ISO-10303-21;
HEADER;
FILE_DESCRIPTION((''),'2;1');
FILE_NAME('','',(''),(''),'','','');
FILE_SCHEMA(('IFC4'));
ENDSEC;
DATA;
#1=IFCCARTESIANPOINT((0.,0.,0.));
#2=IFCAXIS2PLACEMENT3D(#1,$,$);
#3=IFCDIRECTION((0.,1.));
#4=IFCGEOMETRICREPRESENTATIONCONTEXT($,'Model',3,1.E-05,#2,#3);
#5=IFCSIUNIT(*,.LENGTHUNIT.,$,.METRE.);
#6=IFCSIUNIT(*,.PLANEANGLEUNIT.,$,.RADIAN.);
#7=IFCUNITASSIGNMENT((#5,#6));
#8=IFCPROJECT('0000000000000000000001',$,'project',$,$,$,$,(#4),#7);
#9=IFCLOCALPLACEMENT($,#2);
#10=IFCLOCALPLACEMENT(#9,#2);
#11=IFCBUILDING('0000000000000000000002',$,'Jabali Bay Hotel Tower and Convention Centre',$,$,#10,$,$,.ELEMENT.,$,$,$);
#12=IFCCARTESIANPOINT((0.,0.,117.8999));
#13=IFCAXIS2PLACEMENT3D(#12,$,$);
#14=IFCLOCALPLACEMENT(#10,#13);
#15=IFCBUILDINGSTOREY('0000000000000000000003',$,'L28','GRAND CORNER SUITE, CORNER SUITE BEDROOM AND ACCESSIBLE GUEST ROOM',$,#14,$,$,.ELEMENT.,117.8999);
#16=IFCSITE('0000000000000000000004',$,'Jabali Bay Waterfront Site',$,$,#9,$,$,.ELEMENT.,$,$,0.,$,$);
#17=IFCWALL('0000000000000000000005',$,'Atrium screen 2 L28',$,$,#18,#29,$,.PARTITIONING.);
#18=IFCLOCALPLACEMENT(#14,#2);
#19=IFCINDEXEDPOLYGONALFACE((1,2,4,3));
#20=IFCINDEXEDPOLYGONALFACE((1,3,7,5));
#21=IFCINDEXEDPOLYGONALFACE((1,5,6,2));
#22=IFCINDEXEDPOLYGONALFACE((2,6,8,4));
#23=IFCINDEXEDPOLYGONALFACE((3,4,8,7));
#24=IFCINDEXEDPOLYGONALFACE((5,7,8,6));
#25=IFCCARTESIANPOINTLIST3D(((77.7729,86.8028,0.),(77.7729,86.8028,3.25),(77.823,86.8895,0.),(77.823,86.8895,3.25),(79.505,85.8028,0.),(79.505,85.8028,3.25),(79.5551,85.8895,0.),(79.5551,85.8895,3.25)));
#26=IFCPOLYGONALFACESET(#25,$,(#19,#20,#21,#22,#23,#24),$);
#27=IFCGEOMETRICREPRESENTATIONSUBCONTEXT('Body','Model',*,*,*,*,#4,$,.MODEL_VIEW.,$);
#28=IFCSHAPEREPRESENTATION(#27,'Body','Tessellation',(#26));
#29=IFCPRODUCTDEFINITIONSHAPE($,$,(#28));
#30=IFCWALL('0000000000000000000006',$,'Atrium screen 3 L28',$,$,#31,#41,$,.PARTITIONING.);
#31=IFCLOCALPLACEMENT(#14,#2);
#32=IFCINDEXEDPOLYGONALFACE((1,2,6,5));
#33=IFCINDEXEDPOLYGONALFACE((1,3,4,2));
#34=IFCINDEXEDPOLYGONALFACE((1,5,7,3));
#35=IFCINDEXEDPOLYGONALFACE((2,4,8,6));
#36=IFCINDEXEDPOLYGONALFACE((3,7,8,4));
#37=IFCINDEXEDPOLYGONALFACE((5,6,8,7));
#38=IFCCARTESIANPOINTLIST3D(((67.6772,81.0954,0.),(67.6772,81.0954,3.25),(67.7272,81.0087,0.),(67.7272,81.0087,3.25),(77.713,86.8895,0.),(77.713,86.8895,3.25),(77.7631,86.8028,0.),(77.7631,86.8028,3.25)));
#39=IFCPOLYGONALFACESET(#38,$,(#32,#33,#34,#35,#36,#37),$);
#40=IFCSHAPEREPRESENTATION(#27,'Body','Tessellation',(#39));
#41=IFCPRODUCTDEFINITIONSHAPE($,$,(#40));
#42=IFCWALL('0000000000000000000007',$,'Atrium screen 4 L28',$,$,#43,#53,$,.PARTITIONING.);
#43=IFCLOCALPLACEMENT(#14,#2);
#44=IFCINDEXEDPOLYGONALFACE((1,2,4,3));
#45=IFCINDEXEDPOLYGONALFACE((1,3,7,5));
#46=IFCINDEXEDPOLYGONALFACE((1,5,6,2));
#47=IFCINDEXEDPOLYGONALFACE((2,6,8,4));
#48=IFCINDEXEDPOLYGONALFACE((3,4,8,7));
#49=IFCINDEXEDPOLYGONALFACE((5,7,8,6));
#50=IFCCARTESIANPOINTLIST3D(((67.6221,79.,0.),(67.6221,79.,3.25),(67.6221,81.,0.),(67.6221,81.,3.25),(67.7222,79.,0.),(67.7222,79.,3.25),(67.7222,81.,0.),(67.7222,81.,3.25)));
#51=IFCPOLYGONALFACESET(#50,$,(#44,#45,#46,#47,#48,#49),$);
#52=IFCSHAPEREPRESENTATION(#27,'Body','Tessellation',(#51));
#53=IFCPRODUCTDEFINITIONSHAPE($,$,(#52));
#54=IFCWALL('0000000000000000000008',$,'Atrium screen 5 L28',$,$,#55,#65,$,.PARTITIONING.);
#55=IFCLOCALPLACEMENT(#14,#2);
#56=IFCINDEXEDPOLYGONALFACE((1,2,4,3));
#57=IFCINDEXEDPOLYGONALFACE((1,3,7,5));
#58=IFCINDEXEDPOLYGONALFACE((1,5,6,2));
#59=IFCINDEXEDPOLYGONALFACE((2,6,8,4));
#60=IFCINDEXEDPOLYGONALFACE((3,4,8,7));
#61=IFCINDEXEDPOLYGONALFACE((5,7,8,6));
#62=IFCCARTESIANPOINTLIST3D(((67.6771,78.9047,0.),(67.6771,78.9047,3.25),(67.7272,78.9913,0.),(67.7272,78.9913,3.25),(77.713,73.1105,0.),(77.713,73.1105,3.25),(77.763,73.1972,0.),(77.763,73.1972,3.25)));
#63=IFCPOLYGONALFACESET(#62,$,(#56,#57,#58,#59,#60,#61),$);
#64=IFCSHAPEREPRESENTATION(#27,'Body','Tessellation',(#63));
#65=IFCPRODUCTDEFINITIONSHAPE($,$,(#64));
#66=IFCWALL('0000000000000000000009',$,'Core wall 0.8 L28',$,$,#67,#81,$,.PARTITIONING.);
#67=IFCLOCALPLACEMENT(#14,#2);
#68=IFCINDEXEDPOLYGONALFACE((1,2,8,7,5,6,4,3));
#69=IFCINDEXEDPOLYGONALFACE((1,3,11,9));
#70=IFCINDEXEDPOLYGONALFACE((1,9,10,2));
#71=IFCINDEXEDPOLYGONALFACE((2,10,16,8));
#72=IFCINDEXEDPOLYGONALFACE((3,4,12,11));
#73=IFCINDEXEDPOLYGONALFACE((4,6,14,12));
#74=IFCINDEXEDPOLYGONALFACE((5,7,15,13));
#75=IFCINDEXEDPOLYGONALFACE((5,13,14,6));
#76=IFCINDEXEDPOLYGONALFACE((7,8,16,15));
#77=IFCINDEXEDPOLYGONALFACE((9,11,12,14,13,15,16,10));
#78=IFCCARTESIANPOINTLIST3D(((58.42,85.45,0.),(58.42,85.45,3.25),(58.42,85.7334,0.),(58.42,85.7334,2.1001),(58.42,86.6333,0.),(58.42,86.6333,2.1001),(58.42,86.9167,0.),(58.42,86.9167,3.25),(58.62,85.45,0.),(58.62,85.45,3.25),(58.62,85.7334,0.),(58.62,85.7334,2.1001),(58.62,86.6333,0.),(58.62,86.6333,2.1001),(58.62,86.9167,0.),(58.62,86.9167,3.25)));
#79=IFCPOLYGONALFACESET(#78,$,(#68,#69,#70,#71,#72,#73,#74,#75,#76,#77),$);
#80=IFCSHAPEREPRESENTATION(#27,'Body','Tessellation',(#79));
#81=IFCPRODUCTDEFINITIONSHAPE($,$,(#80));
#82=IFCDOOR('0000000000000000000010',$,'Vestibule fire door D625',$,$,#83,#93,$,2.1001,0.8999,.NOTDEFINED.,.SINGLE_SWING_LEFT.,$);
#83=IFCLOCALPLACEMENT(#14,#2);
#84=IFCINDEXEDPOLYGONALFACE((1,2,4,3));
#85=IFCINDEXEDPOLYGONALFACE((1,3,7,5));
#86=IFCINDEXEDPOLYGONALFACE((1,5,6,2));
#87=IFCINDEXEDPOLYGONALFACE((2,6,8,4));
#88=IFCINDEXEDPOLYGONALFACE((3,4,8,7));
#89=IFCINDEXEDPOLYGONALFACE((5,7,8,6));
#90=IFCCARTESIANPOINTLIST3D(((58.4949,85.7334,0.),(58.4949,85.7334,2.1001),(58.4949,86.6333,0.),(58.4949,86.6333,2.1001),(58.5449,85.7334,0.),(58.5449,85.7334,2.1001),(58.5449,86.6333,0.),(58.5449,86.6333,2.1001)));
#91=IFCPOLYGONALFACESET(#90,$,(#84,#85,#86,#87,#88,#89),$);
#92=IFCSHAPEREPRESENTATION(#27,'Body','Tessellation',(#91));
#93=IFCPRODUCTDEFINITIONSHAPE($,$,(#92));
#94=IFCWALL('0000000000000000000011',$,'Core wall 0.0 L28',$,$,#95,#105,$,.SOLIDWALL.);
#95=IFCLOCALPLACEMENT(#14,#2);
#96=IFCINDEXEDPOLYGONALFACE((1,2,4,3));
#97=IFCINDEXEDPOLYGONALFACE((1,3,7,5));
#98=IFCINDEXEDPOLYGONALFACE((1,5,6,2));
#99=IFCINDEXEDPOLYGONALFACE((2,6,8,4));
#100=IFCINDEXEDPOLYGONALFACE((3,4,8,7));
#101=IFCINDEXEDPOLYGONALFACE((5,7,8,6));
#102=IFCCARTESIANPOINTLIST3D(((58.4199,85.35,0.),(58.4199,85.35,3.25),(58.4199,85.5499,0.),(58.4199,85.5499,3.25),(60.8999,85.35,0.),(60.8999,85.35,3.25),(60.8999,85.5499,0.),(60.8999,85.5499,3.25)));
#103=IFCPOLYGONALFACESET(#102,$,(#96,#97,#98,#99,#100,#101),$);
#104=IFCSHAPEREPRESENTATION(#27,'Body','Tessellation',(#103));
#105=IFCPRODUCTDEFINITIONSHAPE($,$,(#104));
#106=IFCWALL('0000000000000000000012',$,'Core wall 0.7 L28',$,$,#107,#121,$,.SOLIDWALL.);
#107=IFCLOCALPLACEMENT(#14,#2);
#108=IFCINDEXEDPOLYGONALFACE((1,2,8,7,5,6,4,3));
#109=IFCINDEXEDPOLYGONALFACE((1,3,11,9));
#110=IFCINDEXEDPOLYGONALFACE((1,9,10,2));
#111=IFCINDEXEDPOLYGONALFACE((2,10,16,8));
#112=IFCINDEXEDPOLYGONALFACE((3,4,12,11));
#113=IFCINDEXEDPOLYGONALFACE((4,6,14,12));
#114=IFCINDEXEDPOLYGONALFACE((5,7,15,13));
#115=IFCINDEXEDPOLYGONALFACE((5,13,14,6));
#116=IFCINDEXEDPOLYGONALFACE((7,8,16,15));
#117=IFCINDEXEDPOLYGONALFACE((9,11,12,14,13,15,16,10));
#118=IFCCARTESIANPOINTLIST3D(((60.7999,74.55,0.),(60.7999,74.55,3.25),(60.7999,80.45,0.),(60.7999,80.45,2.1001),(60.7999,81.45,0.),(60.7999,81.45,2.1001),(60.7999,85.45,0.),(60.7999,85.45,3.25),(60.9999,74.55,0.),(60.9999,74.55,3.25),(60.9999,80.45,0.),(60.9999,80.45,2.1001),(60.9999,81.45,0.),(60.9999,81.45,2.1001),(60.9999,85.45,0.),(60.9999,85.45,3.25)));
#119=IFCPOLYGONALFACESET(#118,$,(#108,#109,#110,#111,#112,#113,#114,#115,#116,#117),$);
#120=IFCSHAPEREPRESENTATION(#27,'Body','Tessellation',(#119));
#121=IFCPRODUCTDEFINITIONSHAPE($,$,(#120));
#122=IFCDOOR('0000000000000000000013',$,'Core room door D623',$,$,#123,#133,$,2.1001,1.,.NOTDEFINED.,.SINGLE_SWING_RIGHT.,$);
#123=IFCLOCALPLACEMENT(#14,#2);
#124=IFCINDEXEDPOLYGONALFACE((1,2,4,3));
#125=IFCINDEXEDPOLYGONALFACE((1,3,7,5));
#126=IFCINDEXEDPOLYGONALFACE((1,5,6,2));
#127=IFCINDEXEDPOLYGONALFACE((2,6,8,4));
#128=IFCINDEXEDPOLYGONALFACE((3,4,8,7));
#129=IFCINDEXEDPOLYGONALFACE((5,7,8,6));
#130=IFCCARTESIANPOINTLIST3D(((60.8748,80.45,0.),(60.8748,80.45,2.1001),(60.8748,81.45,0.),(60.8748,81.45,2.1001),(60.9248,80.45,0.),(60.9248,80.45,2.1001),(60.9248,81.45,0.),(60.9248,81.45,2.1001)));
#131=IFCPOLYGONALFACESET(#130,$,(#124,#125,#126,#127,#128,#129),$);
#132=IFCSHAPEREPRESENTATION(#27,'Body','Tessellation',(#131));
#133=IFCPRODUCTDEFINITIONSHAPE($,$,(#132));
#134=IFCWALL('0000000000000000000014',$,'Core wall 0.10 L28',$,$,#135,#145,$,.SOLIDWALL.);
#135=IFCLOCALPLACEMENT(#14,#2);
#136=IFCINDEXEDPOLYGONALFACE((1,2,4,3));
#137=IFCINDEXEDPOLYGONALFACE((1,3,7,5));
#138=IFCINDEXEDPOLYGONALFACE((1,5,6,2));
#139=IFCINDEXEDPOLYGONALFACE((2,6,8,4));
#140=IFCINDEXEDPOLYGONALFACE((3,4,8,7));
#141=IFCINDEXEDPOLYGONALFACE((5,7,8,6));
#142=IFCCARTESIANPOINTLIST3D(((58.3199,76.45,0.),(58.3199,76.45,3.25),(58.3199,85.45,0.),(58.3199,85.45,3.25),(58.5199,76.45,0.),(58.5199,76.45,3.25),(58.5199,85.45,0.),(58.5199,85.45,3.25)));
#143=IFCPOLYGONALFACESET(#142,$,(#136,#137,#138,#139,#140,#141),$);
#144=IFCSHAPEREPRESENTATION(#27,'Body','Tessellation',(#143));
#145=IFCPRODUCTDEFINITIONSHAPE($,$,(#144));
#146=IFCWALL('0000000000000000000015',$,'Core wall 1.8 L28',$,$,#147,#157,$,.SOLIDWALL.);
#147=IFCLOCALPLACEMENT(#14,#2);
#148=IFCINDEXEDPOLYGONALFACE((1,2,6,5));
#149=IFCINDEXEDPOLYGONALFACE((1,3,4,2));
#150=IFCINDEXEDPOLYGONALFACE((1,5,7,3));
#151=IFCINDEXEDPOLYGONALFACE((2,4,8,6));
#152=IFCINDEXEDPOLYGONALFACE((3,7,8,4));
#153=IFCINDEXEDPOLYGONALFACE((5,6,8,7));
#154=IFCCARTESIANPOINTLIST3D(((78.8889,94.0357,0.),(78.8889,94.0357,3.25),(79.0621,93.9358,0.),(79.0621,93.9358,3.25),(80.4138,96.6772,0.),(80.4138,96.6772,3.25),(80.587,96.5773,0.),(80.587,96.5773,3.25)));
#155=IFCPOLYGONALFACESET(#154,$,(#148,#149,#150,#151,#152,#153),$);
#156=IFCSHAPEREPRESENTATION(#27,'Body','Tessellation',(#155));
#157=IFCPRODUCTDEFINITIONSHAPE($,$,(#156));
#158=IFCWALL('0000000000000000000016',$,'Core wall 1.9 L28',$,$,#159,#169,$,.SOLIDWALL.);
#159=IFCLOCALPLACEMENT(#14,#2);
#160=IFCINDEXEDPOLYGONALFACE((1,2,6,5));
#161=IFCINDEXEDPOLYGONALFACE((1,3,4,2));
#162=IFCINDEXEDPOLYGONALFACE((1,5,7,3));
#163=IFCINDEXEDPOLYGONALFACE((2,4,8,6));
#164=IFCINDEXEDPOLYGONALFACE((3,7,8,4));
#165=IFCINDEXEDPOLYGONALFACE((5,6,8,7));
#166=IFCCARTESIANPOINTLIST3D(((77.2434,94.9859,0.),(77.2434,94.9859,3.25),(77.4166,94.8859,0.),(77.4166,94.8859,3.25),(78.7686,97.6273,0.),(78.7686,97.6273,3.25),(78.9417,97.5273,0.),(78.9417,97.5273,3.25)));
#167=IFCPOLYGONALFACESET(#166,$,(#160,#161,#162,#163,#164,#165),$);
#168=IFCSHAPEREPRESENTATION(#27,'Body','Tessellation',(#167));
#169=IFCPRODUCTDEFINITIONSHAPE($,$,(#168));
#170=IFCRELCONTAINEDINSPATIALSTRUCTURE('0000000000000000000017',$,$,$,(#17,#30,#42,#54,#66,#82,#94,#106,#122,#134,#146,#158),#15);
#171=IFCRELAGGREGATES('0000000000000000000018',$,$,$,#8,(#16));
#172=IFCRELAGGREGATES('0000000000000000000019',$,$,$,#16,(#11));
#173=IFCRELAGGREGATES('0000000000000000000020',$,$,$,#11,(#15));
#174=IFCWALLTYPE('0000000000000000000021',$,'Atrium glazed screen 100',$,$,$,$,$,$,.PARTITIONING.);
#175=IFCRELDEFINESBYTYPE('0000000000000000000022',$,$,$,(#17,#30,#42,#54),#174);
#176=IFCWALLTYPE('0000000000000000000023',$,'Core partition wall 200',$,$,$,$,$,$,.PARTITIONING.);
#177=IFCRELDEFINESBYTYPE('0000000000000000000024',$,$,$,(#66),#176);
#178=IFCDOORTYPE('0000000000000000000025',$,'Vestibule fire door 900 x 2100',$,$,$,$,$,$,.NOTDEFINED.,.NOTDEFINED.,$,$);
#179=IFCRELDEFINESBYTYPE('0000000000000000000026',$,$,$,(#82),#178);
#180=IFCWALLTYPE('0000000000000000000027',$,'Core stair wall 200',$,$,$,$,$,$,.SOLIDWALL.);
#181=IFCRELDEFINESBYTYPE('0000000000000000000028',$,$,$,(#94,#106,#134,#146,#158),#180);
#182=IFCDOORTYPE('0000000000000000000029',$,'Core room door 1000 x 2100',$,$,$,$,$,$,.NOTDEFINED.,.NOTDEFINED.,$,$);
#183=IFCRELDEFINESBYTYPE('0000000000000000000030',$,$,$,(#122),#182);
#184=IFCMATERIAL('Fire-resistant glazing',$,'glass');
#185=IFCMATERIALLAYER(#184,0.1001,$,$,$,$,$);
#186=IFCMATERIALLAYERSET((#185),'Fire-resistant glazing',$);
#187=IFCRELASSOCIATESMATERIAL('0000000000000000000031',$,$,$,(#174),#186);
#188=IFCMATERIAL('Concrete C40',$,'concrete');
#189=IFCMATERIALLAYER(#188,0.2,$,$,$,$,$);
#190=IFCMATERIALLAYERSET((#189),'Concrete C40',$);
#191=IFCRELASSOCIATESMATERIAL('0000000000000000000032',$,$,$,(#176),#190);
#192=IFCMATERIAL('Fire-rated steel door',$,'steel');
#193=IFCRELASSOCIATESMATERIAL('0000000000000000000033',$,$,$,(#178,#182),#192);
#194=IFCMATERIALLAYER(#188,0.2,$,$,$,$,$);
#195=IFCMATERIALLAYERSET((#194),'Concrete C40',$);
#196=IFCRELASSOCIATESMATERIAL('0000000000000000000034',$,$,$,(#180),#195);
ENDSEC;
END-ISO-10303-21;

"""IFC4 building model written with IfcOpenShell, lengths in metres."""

from ifc_helpers import new_model, si_unit, direction, frame, frame_2d, origin, place, context, subcontext, project, spatial, rectangle, extrude, material, layer, layer_set, type_object, element, fill, save


model = new_model("IFC4")

# Units and contexts
model_context = context("Model", 3, precision=1e-05, world=origin(), true_north=direction((0.0, 1.0)))
body_context = subcontext(model_context, "Body", "Model", "MODEL_VIEW")
ifc_project = project(units=[si_unit("LENGTHUNIT", "METRE"), si_unit("PLANEANGLEUNIT", "RADIAN")], contexts=[model_context])

# Site, building, storey
site_placement = place(None, origin())
site = spatial("IfcSite", under=ifc_project, at=site_placement, Name="Jabali Bay Waterfront Site", CompositionType="ELEMENT", RefElevation=0.0)
building_placement = place(site_placement, origin())
building = spatial("IfcBuilding", under=site, at=building_placement, Name="Jabali Bay Hotel Tower and Convention Centre", CompositionType="ELEMENT")
storey_placement = place(building_placement, frame((0.0, 0.0, 117.8999)))
storey = spatial("IfcBuildingStorey", under=building, at=storey_placement, Name="L28", Description="GRAND CORNER SUITE, CORNER SUITE BEDROOM AND ACCESSIBLE GUEST ROOM", CompositionType="ELEMENT", Elevation=117.8999)

# Walls
ifc_material_1 = material(Name="Fire-resistant glazing", Category="glass")
ifc_layer_1 = layer(ifc_material_1, 0.1001)
ifc_layer_set_1 = layer_set([ifc_layer_1], Name="Fire-resistant glazing")
wall_type_1 = type_object("IfcWallType", Name="Atrium glazed screen 100", PredefinedType="PARTITIONING", material=ifc_layer_set_1)
wall_1_placement = place(storey_placement, frame((79.53, 85.8462, 0.0), z_axis=(0.0, 0.0, 1.0), x_axis=(-0.866041, 0.499973, 0.0)))
element("IfcWall", 1, at=wall_1_placement, inside=storey, type_object=wall_type_1, Name="Atrium screen 2 L28", PredefinedType="PARTITIONING", context=body_context, shape_type="SweptSolid", body=[
    extrude(rectangle(XDim=2.0, YDim=0.1001, at=frame_2d((1.0, 0.0))), origin(), (0.0, 0.0, 1.0), 3.25),
])
wall_2_placement = place(storey_placement, frame((77.738, 86.8462, 0.0), z_axis=(0.0, 0.0, 1.0), x_axis=(-0.866027, -0.499998, 0.0)))
element("IfcWall", 2, at=wall_2_placement, inside=storey, type_object=wall_type_1, Name="Atrium screen 3 L28", PredefinedType="PARTITIONING", context=body_context, shape_type="SweptSolid", body=[
    extrude(rectangle(XDim=11.5884, YDim=0.1001, at=frame_2d((5.7942, 0.0))), origin(), (0.0, 0.0, 1.0), 3.25),
])
wall_3_placement = place(storey_placement, frame((67.6721, 81.0, 0.0), z_axis=(0.0, 0.0, 1.0), x_axis=(0.0, -1.0, 0.0)))
element("IfcWall", 3, at=wall_3_placement, inside=storey, type_object=wall_type_1, Name="Atrium screen 4 L28", PredefinedType="PARTITIONING", context=body_context, shape_type="SweptSolid", body=[
    extrude(rectangle(XDim=2.0, YDim=0.1001, at=frame_2d((1.0, 0.0))), origin(), (0.0, 0.0, 1.0), 3.25),
])
wall_4_placement = place(storey_placement, frame((67.7021, 78.948, 0.0), z_axis=(0.0, 0.0, 1.0), x_axis=(0.866027, -0.499998, 0.0)))
element("IfcWall", 4, at=wall_4_placement, inside=storey, type_object=wall_type_1, Name="Atrium screen 5 L28", PredefinedType="PARTITIONING", context=body_context, shape_type="SweptSolid", body=[
    extrude(rectangle(XDim=11.5884, YDim=0.1001, at=frame_2d((5.7942, 0.0))), origin(), (0.0, 0.0, 1.0), 3.25),
])

# Wall, opening, door
ifc_material_2 = material(Name="Concrete C40", Category="concrete")
ifc_layer_2 = layer(ifc_material_2, 0.2)
ifc_layer_set_2 = layer_set([ifc_layer_2], Name="Concrete C40")
wall_type_2 = type_object("IfcWallType", Name="Core partition wall 200", PredefinedType="PARTITIONING", material=ifc_layer_set_2)
wall_5_placement = place(storey_placement, frame((58.52, 86.9167, 0.0), z_axis=(0.0, 0.0, 1.0), x_axis=(0.0, -1.0, 0.0)))
wall_5 = element("IfcWall", 5, at=wall_5_placement, inside=storey, type_object=wall_type_2, Name="Core wall 0.8 L28", PredefinedType="PARTITIONING", context=body_context, shape_type="SweptSolid", body=[
    extrude(rectangle(XDim=1.4668, YDim=0.2, at=frame_2d((0.7334, 0.0))), origin(), (0.0, 0.0, 1.0), 3.25),
])
opening_1_placement = place(wall_5_placement, frame((0.2834, 0.0, 0.0)))
opening_1 = element("IfcOpeningElement", 6, at=opening_1_placement, cuts=wall_5, PredefinedType="OPENING", context=body_context, shape_type="SweptSolid", body=[
    extrude(rectangle(XDim=0.8999, YDim=2.1001, at=frame_2d((0.45, 1.05))), frame((0.0, 0.1104, 0.0), z_axis=(0.0, -1.0, 0.0), x_axis=(1.0, 0.0, 0.0)), (0.0, 0.0, 1.0), 0.2209),
])
ifc_material_3 = material(Name="Fire-rated steel door", Category="steel")
door_type_1 = type_object("IfcDoorType", Name="Vestibule fire door 900 x 2100", OperationType="NOTDEFINED", PredefinedType="NOTDEFINED", material=ifc_material_3)
door_1_placement = place(opening_1_placement, origin())
door_1 = element("IfcDoor", 7, at=door_1_placement, inside=storey, type_object=door_type_1, Name="Vestibule fire door D625", OperationType="SINGLE_SWING_LEFT", OverallHeight=2.1001, OverallWidth=0.8999, PredefinedType="NOTDEFINED", context=body_context, shape_type="SweptSolid", body=[
    extrude(rectangle(XDim=0.8999, YDim=2.1001, at=frame_2d((0.45, 1.05))), frame((0.0, 0.0249, 0.0), z_axis=(0.0, -1.0, 0.0), x_axis=(1.0, 0.0, 0.0)), (0.0, 0.0, 1.0), 0.05),
])
fill(opening_1, door_1)

# Wall
ifc_layer_3 = layer(ifc_material_2, 0.2)
ifc_layer_set_3 = layer_set([ifc_layer_3], Name="Concrete C40")
wall_type_3 = type_object("IfcWallType", Name="Core stair wall 200", PredefinedType="SOLIDWALL", material=ifc_layer_set_3)
wall_6_placement = place(storey_placement, frame((60.8999, 85.45, 0.0), z_axis=(0.0, 0.0, 1.0), x_axis=(-1.0, 0.0, 0.0)))
element("IfcWall", 8, at=wall_6_placement, inside=storey, type_object=wall_type_3, Name="Core wall 0.0 L28", PredefinedType="SOLIDWALL", context=body_context, shape_type="SweptSolid", body=[
    extrude(rectangle(XDim=2.48, YDim=0.2, at=frame_2d((1.24, 0.0))), origin(), (0.0, 0.0, 1.0), 3.25),
])

# Wall, opening, door
wall_7_placement = place(storey_placement, frame((60.8999, 85.45, 0.0), z_axis=(0.0, 0.0, 1.0), x_axis=(0.0, -1.0, 0.0)))
wall_7 = element("IfcWall", 9, at=wall_7_placement, inside=storey, type_object=wall_type_3, Name="Core wall 0.7 L28", PredefinedType="SOLIDWALL", context=body_context, shape_type="SweptSolid", body=[
    extrude(rectangle(XDim=10.8999, YDim=0.2, at=frame_2d((5.45, 0.0))), origin(), (0.0, 0.0, 1.0), 3.25),
])
opening_2_placement = place(wall_7_placement, frame((4.0, 0.0, 0.0)))
opening_2 = element("IfcOpeningElement", 10, at=opening_2_placement, cuts=wall_7, PredefinedType="OPENING", context=body_context, shape_type="SweptSolid", body=[
    extrude(rectangle(XDim=1.0, YDim=2.1001, at=frame_2d((0.5, 1.05))), frame((0.0, 0.1104, 0.0), z_axis=(0.0, -1.0, 0.0), x_axis=(1.0, 0.0, 0.0)), (0.0, 0.0, 1.0), 0.2209),
])
door_type_2 = type_object("IfcDoorType", Name="Core room door 1000 x 2100", OperationType="NOTDEFINED", PredefinedType="NOTDEFINED", material=ifc_material_3)
door_2_placement = place(opening_2_placement, origin())
door_2 = element("IfcDoor", 11, at=door_2_placement, inside=storey, type_object=door_type_2, Name="Core room door D623", OperationType="SINGLE_SWING_RIGHT", OverallHeight=2.1001, OverallWidth=1.0, PredefinedType="NOTDEFINED", context=body_context, shape_type="SweptSolid", body=[
    extrude(rectangle(XDim=1.0, YDim=2.1001, at=frame_2d((0.5, 1.05))), frame((0.0, 0.0249, 0.0), z_axis=(0.0, -1.0, 0.0), x_axis=(1.0, 0.0, 0.0)), (0.0, 0.0, 1.0), 0.05),
])
fill(opening_2, door_2)

# Walls
wall_8_placement = place(storey_placement, frame((58.4199, 85.45, 0.0), z_axis=(0.0, 0.0, 1.0), x_axis=(0.0, -1.0, 0.0)))
element("IfcWall", 12, at=wall_8_placement, inside=storey, type_object=wall_type_3, Name="Core wall 0.10 L28", PredefinedType="SOLIDWALL", context=body_context, shape_type="SweptSolid", body=[
    extrude(rectangle(XDim=9.0, YDim=0.2, at=frame_2d((4.5, 0.0))), origin(), (0.0, 0.0, 1.0), 3.25),
])
for number, where, z_axis, x_axis, name in (
    (13, (78.9756, 93.9858, 0.0), (0.0, 0.0, 1.0), (0.499944, 0.866058, 0.0), "Core wall 1.8 L28"),
    (14, (77.3301, 94.936, 0.0), (0.0, 0.0, 1.0), (0.500039, 0.866003, 0.0), "Core wall 1.9 L28"),
):
    element("IfcWall", number, at=place(storey_placement, frame(where, z_axis=z_axis, x_axis=x_axis)), inside=storey, type_object=wall_type_3, Name=name, PredefinedType="SOLIDWALL", context=body_context, shape_type="SweptSolid", body=[
        extrude(rectangle(XDim=3.05, YDim=0.2, at=frame_2d((1.5249, 0.0))), origin(), (0.0, 0.0, 1.0), 3.25),
    ])

save(model, "model.ifc")
